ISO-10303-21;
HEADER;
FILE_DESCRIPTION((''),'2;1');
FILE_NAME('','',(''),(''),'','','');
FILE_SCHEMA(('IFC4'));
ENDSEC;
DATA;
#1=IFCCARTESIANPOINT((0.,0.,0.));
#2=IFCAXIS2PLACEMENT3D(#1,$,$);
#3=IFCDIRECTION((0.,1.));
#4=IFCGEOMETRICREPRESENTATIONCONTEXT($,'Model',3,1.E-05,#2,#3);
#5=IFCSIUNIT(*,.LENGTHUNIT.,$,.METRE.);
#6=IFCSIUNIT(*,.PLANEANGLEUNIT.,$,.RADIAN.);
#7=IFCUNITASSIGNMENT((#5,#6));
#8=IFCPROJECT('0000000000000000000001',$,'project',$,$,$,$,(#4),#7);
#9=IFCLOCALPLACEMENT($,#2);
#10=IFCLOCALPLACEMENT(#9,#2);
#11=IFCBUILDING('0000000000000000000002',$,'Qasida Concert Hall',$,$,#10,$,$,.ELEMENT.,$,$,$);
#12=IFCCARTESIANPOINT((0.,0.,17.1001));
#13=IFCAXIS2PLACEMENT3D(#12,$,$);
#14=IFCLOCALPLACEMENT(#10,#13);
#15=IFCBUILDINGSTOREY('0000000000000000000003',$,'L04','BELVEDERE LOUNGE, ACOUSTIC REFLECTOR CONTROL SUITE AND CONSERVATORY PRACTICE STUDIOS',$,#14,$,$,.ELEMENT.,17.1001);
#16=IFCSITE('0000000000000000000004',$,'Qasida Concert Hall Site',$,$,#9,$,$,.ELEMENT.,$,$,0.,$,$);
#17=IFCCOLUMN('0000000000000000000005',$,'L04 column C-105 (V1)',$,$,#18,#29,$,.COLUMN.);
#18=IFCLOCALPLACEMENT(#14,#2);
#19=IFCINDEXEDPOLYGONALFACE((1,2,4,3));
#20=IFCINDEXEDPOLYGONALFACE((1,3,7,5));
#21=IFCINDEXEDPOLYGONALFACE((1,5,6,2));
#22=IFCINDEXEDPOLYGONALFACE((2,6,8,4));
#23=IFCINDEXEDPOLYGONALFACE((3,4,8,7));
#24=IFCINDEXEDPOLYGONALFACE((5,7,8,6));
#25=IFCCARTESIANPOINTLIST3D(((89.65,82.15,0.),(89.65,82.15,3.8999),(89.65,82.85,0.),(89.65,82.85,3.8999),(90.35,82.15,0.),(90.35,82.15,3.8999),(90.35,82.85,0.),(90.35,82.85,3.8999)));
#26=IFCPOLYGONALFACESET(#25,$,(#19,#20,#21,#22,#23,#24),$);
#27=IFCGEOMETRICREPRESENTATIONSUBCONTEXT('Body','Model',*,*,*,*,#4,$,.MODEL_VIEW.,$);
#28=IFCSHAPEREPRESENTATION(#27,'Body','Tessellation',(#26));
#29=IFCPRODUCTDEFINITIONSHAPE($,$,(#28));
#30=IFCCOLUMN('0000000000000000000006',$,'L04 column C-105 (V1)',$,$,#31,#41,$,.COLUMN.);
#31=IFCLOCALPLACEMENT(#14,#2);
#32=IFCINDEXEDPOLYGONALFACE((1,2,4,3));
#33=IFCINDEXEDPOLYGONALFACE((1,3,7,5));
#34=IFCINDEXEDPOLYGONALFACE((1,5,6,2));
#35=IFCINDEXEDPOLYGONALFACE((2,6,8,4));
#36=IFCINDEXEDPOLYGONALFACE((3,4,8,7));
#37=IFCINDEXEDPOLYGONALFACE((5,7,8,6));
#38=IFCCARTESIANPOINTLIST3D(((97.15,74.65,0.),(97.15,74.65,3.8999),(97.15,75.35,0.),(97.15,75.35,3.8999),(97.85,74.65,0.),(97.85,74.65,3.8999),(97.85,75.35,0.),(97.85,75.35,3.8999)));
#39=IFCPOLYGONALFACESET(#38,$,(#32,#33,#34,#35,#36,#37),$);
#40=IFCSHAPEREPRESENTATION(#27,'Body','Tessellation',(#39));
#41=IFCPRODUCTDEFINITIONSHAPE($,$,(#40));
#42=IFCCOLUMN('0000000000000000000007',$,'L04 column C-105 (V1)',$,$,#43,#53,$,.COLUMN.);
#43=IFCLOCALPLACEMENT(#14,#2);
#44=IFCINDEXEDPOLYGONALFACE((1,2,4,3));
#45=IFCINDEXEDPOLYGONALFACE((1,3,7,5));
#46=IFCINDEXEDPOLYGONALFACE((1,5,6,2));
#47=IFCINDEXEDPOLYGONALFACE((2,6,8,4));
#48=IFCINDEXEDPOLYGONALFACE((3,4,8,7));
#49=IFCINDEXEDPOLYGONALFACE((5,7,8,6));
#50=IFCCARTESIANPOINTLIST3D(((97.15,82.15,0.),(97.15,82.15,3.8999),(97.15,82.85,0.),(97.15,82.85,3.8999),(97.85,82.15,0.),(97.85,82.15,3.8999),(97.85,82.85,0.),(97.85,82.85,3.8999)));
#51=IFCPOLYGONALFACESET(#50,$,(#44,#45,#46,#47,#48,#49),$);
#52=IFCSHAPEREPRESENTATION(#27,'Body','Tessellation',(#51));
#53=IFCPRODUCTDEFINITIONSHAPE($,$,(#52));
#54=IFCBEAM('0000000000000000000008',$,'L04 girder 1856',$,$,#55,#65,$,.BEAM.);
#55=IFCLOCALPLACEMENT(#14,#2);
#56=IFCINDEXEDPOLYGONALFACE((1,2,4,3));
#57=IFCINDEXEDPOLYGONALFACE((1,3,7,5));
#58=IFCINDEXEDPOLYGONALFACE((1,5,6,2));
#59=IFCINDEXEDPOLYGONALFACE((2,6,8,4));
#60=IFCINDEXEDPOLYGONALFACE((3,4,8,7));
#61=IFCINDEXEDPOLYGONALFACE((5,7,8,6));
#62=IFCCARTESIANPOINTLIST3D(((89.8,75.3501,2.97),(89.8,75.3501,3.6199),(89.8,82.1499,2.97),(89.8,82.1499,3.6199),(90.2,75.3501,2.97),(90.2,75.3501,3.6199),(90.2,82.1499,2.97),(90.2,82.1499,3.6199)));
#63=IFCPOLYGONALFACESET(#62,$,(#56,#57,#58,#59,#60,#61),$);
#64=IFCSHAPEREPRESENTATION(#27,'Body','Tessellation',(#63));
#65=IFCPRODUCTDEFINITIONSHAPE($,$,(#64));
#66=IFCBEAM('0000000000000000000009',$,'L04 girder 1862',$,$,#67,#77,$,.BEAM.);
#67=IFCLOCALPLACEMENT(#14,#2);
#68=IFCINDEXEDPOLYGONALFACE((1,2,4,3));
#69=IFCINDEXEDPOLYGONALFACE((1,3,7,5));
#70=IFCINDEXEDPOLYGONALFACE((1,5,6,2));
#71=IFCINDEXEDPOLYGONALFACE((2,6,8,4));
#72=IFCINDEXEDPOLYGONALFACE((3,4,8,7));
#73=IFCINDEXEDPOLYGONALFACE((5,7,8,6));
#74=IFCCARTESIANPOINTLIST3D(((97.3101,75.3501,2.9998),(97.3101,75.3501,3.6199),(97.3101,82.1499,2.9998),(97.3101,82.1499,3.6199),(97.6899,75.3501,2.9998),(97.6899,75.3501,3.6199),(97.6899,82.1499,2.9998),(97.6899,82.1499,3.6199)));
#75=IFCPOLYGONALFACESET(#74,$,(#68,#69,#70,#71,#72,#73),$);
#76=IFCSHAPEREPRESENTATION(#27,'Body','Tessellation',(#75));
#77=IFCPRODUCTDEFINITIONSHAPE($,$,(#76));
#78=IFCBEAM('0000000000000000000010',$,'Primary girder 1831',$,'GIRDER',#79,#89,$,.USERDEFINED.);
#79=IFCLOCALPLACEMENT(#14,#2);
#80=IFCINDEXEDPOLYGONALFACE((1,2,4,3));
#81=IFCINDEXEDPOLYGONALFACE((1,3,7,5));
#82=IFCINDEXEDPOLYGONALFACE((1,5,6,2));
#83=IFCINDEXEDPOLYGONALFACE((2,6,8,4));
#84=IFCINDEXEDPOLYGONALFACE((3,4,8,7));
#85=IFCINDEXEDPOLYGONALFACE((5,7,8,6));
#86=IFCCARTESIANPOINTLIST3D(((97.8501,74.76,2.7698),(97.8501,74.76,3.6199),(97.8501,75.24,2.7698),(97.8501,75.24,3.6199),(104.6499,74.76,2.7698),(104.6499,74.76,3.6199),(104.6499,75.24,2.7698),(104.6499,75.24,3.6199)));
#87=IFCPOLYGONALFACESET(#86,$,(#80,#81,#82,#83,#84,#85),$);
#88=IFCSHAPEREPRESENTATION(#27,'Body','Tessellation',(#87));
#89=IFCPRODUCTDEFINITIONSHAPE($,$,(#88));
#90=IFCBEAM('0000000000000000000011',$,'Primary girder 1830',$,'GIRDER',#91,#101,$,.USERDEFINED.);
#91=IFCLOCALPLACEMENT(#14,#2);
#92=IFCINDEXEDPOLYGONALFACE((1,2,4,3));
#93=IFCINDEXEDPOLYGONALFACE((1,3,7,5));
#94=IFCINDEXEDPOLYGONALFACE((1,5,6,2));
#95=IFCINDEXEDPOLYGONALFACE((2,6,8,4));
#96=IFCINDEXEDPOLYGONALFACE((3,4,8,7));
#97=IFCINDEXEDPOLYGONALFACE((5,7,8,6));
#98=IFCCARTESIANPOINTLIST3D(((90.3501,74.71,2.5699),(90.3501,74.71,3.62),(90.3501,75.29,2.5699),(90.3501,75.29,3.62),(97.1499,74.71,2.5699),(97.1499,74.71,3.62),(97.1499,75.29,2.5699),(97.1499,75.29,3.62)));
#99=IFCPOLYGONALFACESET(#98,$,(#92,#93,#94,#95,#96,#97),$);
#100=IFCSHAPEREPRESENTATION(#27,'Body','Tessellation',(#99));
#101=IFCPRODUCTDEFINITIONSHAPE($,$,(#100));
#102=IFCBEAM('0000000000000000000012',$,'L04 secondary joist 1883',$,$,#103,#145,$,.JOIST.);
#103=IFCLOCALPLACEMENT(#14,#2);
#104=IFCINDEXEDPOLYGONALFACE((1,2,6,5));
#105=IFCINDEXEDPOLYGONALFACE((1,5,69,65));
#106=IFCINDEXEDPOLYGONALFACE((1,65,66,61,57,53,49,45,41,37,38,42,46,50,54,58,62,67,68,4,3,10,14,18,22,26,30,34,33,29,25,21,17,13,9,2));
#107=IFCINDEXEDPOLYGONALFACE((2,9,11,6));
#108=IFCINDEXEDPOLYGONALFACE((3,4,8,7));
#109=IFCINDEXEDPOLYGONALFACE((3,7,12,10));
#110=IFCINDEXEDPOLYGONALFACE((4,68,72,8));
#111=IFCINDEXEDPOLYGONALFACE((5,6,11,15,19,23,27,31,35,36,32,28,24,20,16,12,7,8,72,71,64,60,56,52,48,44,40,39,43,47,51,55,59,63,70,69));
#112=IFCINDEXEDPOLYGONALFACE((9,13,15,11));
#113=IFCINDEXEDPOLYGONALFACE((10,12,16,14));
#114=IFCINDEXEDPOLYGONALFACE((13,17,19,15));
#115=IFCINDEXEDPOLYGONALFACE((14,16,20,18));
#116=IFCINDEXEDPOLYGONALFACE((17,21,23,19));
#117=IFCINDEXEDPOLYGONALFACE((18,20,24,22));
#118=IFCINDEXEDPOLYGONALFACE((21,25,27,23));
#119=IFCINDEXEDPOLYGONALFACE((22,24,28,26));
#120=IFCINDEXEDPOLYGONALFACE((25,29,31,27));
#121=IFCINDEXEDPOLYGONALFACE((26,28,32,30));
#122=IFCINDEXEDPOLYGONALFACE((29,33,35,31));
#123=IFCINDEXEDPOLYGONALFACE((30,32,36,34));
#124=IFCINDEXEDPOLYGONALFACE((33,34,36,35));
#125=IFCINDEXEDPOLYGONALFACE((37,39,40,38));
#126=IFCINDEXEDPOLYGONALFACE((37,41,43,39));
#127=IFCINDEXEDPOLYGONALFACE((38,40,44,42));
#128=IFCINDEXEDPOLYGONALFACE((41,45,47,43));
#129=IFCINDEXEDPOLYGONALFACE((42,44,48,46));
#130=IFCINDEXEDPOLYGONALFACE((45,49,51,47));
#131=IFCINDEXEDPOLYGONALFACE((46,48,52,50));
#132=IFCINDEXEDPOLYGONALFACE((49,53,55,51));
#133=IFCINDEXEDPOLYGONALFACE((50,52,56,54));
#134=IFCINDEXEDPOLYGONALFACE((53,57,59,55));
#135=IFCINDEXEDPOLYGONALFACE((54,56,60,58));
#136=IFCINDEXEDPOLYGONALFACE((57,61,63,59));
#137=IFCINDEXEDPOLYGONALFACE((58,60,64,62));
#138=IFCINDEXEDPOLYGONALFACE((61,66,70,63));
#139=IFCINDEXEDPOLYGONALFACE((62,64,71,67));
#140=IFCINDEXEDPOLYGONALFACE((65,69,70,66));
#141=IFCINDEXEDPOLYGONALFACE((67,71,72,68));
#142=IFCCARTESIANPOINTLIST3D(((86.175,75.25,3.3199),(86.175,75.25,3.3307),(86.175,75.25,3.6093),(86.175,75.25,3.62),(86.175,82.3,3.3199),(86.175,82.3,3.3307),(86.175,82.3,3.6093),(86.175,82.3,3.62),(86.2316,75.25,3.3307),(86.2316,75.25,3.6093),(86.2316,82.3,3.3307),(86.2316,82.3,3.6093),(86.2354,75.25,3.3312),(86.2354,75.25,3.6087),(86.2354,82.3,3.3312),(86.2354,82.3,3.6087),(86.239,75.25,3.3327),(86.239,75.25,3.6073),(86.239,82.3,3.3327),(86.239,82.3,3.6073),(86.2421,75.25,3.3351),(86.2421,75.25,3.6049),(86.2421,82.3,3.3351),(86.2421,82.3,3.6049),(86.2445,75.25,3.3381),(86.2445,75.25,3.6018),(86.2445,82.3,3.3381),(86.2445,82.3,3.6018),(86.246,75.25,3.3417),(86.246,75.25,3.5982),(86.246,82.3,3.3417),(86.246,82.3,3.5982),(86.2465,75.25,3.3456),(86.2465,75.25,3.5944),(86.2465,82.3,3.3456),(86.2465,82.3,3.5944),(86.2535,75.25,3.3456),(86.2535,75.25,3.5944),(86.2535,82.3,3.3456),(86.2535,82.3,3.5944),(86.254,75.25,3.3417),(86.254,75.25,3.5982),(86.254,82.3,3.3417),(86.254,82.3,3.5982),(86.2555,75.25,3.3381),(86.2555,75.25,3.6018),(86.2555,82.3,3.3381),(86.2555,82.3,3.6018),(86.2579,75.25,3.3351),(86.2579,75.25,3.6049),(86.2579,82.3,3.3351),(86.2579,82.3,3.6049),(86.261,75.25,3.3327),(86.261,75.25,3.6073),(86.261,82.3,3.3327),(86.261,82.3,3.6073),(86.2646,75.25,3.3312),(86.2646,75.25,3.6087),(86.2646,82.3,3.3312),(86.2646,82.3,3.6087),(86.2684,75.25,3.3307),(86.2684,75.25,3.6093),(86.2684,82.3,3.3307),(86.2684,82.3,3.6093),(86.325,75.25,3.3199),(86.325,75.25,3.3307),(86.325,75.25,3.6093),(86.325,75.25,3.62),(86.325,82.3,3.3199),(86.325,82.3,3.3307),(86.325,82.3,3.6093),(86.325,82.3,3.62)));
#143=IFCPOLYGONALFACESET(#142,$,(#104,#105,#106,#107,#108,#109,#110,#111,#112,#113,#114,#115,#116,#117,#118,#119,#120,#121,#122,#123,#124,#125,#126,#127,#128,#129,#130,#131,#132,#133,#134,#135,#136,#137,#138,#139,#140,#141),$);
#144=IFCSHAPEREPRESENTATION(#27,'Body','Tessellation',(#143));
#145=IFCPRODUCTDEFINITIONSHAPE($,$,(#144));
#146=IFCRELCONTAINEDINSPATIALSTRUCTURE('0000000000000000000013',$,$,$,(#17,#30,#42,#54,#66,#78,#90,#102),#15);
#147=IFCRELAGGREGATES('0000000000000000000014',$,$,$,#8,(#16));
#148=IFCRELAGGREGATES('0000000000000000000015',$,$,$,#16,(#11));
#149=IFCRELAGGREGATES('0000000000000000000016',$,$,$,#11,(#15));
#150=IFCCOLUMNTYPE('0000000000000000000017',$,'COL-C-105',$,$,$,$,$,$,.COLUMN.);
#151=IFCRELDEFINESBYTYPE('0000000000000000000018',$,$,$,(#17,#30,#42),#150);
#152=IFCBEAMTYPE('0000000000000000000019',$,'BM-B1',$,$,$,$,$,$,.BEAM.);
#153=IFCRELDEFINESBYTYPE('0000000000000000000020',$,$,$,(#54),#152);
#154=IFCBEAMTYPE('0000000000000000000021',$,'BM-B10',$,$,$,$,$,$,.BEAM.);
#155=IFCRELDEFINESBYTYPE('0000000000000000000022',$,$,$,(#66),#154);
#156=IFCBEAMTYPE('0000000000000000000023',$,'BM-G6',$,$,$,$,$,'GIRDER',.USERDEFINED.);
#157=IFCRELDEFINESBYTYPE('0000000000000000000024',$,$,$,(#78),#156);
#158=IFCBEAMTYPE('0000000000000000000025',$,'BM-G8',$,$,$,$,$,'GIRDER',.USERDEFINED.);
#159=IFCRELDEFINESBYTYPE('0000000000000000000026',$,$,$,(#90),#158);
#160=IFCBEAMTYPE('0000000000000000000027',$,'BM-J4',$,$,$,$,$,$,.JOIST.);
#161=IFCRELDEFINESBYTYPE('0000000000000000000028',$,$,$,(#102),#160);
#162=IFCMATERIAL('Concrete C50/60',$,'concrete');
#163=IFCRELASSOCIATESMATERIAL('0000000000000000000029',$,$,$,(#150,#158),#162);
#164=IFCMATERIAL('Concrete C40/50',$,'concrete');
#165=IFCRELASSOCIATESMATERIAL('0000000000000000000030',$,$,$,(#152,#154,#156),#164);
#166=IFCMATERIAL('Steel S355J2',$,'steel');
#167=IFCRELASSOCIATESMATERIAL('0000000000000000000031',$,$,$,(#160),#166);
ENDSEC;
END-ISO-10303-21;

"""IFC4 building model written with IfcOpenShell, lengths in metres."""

from ifc_helpers import new_model, si_unit, direction, frame, origin, origin_2d, place, context, subcontext, project, spatial, rectangle, i_section, extrude, material, material_profile, profile_set, type_object, element, save


model = new_model("IFC4")

# Units and contexts
model_context = context("Model", 3, precision=1e-05, world=origin(), true_north=direction((0.0, 1.0)))
body_context = subcontext(model_context, "Body", "Model", "MODEL_VIEW")
ifc_project = project(units=[si_unit("LENGTHUNIT", "METRE"), si_unit("PLANEANGLEUNIT", "RADIAN")], contexts=[model_context])

# Site, building, storey
site_placement = place(None, origin())
site = spatial("IfcSite", under=ifc_project, at=site_placement, Name="Qasida Concert Hall Site", CompositionType="ELEMENT", RefElevation=0.0)
building_placement = place(site_placement, origin())
building = spatial("IfcBuilding", under=site, at=building_placement, Name="Qasida Concert Hall", CompositionType="ELEMENT")
storey_placement = place(building_placement, frame((0.0, 0.0, 17.1001)))
storey = spatial("IfcBuildingStorey", under=building, at=storey_placement, Name="L04", Description="BELVEDERE LOUNGE, ACOUSTIC REFLECTOR CONTROL SUITE AND CONSERVATORY PRACTICE STUDIOS", CompositionType="ELEMENT", Elevation=17.1001)

# Columns
ifc_material_1 = material(Name="Concrete C50/60", Category="concrete")
ifc_material_profile_1 = material_profile(ifc_material_1, rectangle(XDim=0.7, YDim=0.7, at=origin_2d()), Name="RC 700x700")
ifc_profile_set_1 = profile_set([ifc_material_profile_1], Name="Concrete C50/60")
column_type = type_object("IfcColumnType", Name="COL-C-105", PredefinedType="COLUMN", material=ifc_profile_set_1)
for number, where, z_axis, x_axis, name in (
    (1, (90.0, 82.5, 0.0), (0.0, 0.0, 1.0), (1.0, 0.0, 0.0), "L04 column C-105 (V1)"),
    (2, (97.5, 75.0, 0.0), (0.0, 0.0, 1.0), (1.0, 0.0, 0.0), "L04 column C-105 (V1)"),
    (3, (97.5, 82.5, 0.0), (0.0, 0.0, 1.0), (1.0, 0.0, 0.0), "L04 column C-105 (V1)"),
):
    element("IfcColumn", number, at=place(storey_placement, frame(where, z_axis=z_axis, x_axis=x_axis)), inside=storey, type_object=column_type, Name=name, PredefinedType="COLUMN", context=body_context, shape_type="SweptSolid", body=[
        extrude(rectangle(XDim=0.7, YDim=0.7, at=origin_2d()), origin(), (0.0, 0.0, 1.0), 3.8999),
    ])

# Beams
ifc_material_2 = material(Name="Concrete C40/50", Category="concrete")
ifc_material_profile_2 = material_profile(ifc_material_2, rectangle(XDim=0.3999, YDim=0.6499, at=origin_2d()), Name="RC 400x650")
ifc_profile_set_2 = profile_set([ifc_material_profile_2], Name="Concrete C40/50")
beam_type_1 = type_object("IfcBeamType", Name="BM-B1", PredefinedType="BEAM", material=ifc_profile_set_2)
beam_1_placement = place(storey_placement, frame((90.0, 75.3501, 3.2949), z_axis=(0.0, 1.0, 0.0), x_axis=(-1.0, 0.0, 0.0)))
element("IfcBeam", 4, at=beam_1_placement, inside=storey, type_object=beam_type_1, Name="L04 girder 1856", PredefinedType="BEAM", context=body_context, shape_type="SweptSolid", body=[
    extrude(rectangle(XDim=0.3999, YDim=0.6499, at=origin_2d()), origin(), (0.0, 0.0, 1.0), 6.7998),
])
ifc_material_profile_3 = material_profile(ifc_material_2, rectangle(XDim=0.3799, YDim=0.6201, at=origin_2d()), Name="RC 380x620")
ifc_profile_set_3 = profile_set([ifc_material_profile_3], Name="Concrete C40/50")
beam_type_2 = type_object("IfcBeamType", Name="BM-B10", PredefinedType="BEAM", material=ifc_profile_set_3)
beam_2_placement = place(storey_placement, frame((97.5, 75.3501, 3.3098), z_axis=(0.0, 1.0, 0.0), x_axis=(-1.0, 0.0, 0.0)))
element("IfcBeam", 5, at=beam_2_placement, inside=storey, type_object=beam_type_2, Name="L04 girder 1862", PredefinedType="BEAM", context=body_context, shape_type="SweptSolid", body=[
    extrude(rectangle(XDim=0.3799, YDim=0.6201, at=origin_2d()), origin(), (0.0, 0.0, 1.0), 6.7998),
])
ifc_material_profile_4 = material_profile(ifc_material_2, rectangle(XDim=0.48, YDim=0.8501, at=origin_2d()), Name="RC 480x850")
ifc_profile_set_4 = profile_set([ifc_material_profile_4], Name="Concrete C40/50")
beam_type_3 = type_object("IfcBeamType", Name="BM-G6", ElementType="GIRDER", PredefinedType="USERDEFINED", material=ifc_profile_set_4)
beam_3_placement = place(storey_placement, frame((97.8501, 75.0, 3.1948), z_axis=(1.0, 0.0, 0.0), x_axis=(0.0, 1.0, 0.0)))
element("IfcBeam", 6, at=beam_3_placement, inside=storey, type_object=beam_type_3, Name="Primary girder 1831", ObjectType="GIRDER", PredefinedType="USERDEFINED", context=body_context, shape_type="SweptSolid", body=[
    extrude(rectangle(XDim=0.48, YDim=0.8501, at=origin_2d()), origin(), (0.0, 0.0, 1.0), 6.7998),
])
ifc_material_profile_5 = material_profile(ifc_material_1, rectangle(XDim=0.5801, YDim=1.05, at=origin_2d()), Name="RC 580x1050")
ifc_profile_set_5 = profile_set([ifc_material_profile_5], Name="Concrete C50/60")
beam_type_4 = type_object("IfcBeamType", Name="BM-G8", ElementType="GIRDER", PredefinedType="USERDEFINED", material=ifc_profile_set_5)
beam_4_placement = place(storey_placement, frame((90.3501, 75.0, 3.095), z_axis=(1.0, 0.0, 0.0), x_axis=(0.0, 1.0, 0.0)))
element("IfcBeam", 7, at=beam_4_placement, inside=storey, type_object=beam_type_4, Name="Primary girder 1830", ObjectType="GIRDER", PredefinedType="USERDEFINED", context=body_context, shape_type="SweptSolid", body=[
    extrude(rectangle(XDim=0.5801, YDim=1.05, at=origin_2d()), origin(), (0.0, 0.0, 1.0), 6.7998),
])
ifc_material_3 = material(Name="Steel S355J2", Category="steel")
ifc_material_profile_6 = material_profile(ifc_material_3, i_section(OverallWidth=0.1499, OverallDepth=0.3, WebThickness=0.0071, FlangeThickness=0.0107, FilletRadius=0.0149, at=origin_2d()), Name="IPE 300")
ifc_profile_set_6 = profile_set([ifc_material_profile_6], Name="Steel S355J2")
beam_type_5 = type_object("IfcBeamType", Name="BM-J4", PredefinedType="JOIST", material=ifc_profile_set_6)
beam_5_placement = place(storey_placement, frame((86.25, 75.25, 3.47), z_axis=(0.0, 1.0, 0.0), x_axis=(-1.0, 0.0, 0.0)))
element("IfcBeam", 8, at=beam_5_placement, inside=storey, type_object=beam_type_5, Name="L04 secondary joist 1883", PredefinedType="JOIST", context=body_context, shape_type="SweptSolid", body=[
    extrude(i_section(OverallWidth=0.1499, OverallDepth=0.3, WebThickness=0.0071, FlangeThickness=0.0107, FilletRadius=0.0149, at=origin_2d()), origin(), (0.0, 0.0, 1.0), 7.05),
])

save(model, "model.ifc")
